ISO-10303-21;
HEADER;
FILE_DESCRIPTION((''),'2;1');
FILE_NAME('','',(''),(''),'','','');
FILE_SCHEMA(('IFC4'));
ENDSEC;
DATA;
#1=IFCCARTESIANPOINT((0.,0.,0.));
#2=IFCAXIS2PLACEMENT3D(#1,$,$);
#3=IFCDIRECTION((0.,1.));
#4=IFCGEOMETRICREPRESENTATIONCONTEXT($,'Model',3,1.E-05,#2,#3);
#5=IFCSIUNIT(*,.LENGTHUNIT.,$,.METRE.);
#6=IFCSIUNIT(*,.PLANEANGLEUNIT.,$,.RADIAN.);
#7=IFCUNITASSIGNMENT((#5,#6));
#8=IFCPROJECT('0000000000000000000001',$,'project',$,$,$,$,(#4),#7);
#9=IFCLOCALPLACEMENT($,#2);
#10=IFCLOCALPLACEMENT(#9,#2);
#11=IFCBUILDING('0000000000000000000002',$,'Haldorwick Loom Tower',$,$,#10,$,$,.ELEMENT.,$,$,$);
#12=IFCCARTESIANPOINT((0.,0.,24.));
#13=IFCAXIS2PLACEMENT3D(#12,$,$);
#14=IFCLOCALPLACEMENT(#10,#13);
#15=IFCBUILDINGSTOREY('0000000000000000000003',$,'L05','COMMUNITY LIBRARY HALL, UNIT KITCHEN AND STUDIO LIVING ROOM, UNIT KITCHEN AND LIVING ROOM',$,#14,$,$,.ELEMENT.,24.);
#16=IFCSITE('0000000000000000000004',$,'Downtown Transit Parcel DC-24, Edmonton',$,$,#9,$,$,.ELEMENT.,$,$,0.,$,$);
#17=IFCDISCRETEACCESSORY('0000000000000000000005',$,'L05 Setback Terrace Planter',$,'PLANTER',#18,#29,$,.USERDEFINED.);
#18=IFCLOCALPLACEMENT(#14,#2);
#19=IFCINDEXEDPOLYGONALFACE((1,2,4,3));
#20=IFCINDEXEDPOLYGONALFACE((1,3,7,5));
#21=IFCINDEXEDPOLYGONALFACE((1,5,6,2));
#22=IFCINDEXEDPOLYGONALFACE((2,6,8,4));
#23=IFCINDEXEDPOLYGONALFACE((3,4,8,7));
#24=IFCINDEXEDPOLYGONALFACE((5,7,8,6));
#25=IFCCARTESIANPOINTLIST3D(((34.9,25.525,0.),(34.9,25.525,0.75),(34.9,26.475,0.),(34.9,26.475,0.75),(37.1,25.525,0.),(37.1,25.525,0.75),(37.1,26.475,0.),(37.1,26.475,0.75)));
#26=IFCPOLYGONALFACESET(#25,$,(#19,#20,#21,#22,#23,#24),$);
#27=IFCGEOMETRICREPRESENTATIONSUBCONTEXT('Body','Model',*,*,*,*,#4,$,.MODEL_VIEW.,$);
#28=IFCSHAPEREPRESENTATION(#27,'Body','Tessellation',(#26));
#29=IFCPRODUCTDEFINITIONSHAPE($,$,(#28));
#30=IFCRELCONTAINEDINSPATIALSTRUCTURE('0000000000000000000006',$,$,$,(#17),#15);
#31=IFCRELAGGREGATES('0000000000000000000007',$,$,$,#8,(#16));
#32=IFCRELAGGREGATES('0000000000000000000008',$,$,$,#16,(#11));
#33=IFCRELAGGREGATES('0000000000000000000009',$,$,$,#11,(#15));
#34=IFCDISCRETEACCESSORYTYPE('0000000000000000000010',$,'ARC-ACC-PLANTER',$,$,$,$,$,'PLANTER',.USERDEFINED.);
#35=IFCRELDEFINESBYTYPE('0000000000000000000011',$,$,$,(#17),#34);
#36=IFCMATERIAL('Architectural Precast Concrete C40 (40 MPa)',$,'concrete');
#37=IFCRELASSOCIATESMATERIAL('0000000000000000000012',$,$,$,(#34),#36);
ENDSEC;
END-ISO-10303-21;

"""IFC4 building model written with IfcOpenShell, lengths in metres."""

from ifc_helpers import new_model, si_unit, direction, frame, origin, origin_2d, place, context, subcontext, project, spatial, rectangle, extrude, material, type_object, element, save


model = new_model("IFC4")

# Units and contexts
model_context = context("Model", 3, precision=1e-05, world=origin(), true_north=direction((0.0, 1.0)))
body_context = subcontext(model_context, "Body", "Model", "MODEL_VIEW")
ifc_project = project(units=[si_unit("LENGTHUNIT", "METRE"), si_unit("PLANEANGLEUNIT", "RADIAN")], contexts=[model_context])

# Site, building, storey
site_placement = place(None, origin())
site = spatial("IfcSite", under=ifc_project, at=site_placement, Name="Downtown Transit Parcel DC-24, Edmonton", CompositionType="ELEMENT", RefElevation=0.0)
building_placement = place(site_placement, origin())
building = spatial("IfcBuilding", under=site, at=building_placement, Name="Haldorwick Loom Tower", CompositionType="ELEMENT")
storey_placement = place(building_placement, frame((0.0, 0.0, 24.0)))
storey = spatial("IfcBuildingStorey", under=building, at=storey_placement, Name="L05", Description="COMMUNITY LIBRARY HALL, UNIT KITCHEN AND STUDIO LIVING ROOM, UNIT KITCHEN AND LIVING ROOM", CompositionType="ELEMENT", Elevation=24.0)

# Discrete accessory
ifc_material_1 = material(Name="Architectural Precast Concrete C40 (40 MPa)", Category="concrete")
discrete_accessory_type = type_object("IfcDiscreteAccessoryType", Name="ARC-ACC-PLANTER", ElementType="PLANTER", PredefinedType="USERDEFINED", material=ifc_material_1)
discrete_accessory_placement = place(storey_placement, frame((36.0, 26.0, 0.0), z_axis=(0.0, 0.0, 1.0), x_axis=(1.0, 0.0, 0.0)))
element("IfcDiscreteAccessory", 1, at=discrete_accessory_placement, inside=storey, type_object=discrete_accessory_type, Name="L05 Setback Terrace Planter", ObjectType="PLANTER", PredefinedType="USERDEFINED", context=body_context, shape_type="SweptSolid", body=[
    extrude(rectangle(XDim=2.2, YDim=0.95, at=origin_2d()), origin(), (0.0, 0.0, 1.0), 0.75),
])

save(model, "model.ifc")
